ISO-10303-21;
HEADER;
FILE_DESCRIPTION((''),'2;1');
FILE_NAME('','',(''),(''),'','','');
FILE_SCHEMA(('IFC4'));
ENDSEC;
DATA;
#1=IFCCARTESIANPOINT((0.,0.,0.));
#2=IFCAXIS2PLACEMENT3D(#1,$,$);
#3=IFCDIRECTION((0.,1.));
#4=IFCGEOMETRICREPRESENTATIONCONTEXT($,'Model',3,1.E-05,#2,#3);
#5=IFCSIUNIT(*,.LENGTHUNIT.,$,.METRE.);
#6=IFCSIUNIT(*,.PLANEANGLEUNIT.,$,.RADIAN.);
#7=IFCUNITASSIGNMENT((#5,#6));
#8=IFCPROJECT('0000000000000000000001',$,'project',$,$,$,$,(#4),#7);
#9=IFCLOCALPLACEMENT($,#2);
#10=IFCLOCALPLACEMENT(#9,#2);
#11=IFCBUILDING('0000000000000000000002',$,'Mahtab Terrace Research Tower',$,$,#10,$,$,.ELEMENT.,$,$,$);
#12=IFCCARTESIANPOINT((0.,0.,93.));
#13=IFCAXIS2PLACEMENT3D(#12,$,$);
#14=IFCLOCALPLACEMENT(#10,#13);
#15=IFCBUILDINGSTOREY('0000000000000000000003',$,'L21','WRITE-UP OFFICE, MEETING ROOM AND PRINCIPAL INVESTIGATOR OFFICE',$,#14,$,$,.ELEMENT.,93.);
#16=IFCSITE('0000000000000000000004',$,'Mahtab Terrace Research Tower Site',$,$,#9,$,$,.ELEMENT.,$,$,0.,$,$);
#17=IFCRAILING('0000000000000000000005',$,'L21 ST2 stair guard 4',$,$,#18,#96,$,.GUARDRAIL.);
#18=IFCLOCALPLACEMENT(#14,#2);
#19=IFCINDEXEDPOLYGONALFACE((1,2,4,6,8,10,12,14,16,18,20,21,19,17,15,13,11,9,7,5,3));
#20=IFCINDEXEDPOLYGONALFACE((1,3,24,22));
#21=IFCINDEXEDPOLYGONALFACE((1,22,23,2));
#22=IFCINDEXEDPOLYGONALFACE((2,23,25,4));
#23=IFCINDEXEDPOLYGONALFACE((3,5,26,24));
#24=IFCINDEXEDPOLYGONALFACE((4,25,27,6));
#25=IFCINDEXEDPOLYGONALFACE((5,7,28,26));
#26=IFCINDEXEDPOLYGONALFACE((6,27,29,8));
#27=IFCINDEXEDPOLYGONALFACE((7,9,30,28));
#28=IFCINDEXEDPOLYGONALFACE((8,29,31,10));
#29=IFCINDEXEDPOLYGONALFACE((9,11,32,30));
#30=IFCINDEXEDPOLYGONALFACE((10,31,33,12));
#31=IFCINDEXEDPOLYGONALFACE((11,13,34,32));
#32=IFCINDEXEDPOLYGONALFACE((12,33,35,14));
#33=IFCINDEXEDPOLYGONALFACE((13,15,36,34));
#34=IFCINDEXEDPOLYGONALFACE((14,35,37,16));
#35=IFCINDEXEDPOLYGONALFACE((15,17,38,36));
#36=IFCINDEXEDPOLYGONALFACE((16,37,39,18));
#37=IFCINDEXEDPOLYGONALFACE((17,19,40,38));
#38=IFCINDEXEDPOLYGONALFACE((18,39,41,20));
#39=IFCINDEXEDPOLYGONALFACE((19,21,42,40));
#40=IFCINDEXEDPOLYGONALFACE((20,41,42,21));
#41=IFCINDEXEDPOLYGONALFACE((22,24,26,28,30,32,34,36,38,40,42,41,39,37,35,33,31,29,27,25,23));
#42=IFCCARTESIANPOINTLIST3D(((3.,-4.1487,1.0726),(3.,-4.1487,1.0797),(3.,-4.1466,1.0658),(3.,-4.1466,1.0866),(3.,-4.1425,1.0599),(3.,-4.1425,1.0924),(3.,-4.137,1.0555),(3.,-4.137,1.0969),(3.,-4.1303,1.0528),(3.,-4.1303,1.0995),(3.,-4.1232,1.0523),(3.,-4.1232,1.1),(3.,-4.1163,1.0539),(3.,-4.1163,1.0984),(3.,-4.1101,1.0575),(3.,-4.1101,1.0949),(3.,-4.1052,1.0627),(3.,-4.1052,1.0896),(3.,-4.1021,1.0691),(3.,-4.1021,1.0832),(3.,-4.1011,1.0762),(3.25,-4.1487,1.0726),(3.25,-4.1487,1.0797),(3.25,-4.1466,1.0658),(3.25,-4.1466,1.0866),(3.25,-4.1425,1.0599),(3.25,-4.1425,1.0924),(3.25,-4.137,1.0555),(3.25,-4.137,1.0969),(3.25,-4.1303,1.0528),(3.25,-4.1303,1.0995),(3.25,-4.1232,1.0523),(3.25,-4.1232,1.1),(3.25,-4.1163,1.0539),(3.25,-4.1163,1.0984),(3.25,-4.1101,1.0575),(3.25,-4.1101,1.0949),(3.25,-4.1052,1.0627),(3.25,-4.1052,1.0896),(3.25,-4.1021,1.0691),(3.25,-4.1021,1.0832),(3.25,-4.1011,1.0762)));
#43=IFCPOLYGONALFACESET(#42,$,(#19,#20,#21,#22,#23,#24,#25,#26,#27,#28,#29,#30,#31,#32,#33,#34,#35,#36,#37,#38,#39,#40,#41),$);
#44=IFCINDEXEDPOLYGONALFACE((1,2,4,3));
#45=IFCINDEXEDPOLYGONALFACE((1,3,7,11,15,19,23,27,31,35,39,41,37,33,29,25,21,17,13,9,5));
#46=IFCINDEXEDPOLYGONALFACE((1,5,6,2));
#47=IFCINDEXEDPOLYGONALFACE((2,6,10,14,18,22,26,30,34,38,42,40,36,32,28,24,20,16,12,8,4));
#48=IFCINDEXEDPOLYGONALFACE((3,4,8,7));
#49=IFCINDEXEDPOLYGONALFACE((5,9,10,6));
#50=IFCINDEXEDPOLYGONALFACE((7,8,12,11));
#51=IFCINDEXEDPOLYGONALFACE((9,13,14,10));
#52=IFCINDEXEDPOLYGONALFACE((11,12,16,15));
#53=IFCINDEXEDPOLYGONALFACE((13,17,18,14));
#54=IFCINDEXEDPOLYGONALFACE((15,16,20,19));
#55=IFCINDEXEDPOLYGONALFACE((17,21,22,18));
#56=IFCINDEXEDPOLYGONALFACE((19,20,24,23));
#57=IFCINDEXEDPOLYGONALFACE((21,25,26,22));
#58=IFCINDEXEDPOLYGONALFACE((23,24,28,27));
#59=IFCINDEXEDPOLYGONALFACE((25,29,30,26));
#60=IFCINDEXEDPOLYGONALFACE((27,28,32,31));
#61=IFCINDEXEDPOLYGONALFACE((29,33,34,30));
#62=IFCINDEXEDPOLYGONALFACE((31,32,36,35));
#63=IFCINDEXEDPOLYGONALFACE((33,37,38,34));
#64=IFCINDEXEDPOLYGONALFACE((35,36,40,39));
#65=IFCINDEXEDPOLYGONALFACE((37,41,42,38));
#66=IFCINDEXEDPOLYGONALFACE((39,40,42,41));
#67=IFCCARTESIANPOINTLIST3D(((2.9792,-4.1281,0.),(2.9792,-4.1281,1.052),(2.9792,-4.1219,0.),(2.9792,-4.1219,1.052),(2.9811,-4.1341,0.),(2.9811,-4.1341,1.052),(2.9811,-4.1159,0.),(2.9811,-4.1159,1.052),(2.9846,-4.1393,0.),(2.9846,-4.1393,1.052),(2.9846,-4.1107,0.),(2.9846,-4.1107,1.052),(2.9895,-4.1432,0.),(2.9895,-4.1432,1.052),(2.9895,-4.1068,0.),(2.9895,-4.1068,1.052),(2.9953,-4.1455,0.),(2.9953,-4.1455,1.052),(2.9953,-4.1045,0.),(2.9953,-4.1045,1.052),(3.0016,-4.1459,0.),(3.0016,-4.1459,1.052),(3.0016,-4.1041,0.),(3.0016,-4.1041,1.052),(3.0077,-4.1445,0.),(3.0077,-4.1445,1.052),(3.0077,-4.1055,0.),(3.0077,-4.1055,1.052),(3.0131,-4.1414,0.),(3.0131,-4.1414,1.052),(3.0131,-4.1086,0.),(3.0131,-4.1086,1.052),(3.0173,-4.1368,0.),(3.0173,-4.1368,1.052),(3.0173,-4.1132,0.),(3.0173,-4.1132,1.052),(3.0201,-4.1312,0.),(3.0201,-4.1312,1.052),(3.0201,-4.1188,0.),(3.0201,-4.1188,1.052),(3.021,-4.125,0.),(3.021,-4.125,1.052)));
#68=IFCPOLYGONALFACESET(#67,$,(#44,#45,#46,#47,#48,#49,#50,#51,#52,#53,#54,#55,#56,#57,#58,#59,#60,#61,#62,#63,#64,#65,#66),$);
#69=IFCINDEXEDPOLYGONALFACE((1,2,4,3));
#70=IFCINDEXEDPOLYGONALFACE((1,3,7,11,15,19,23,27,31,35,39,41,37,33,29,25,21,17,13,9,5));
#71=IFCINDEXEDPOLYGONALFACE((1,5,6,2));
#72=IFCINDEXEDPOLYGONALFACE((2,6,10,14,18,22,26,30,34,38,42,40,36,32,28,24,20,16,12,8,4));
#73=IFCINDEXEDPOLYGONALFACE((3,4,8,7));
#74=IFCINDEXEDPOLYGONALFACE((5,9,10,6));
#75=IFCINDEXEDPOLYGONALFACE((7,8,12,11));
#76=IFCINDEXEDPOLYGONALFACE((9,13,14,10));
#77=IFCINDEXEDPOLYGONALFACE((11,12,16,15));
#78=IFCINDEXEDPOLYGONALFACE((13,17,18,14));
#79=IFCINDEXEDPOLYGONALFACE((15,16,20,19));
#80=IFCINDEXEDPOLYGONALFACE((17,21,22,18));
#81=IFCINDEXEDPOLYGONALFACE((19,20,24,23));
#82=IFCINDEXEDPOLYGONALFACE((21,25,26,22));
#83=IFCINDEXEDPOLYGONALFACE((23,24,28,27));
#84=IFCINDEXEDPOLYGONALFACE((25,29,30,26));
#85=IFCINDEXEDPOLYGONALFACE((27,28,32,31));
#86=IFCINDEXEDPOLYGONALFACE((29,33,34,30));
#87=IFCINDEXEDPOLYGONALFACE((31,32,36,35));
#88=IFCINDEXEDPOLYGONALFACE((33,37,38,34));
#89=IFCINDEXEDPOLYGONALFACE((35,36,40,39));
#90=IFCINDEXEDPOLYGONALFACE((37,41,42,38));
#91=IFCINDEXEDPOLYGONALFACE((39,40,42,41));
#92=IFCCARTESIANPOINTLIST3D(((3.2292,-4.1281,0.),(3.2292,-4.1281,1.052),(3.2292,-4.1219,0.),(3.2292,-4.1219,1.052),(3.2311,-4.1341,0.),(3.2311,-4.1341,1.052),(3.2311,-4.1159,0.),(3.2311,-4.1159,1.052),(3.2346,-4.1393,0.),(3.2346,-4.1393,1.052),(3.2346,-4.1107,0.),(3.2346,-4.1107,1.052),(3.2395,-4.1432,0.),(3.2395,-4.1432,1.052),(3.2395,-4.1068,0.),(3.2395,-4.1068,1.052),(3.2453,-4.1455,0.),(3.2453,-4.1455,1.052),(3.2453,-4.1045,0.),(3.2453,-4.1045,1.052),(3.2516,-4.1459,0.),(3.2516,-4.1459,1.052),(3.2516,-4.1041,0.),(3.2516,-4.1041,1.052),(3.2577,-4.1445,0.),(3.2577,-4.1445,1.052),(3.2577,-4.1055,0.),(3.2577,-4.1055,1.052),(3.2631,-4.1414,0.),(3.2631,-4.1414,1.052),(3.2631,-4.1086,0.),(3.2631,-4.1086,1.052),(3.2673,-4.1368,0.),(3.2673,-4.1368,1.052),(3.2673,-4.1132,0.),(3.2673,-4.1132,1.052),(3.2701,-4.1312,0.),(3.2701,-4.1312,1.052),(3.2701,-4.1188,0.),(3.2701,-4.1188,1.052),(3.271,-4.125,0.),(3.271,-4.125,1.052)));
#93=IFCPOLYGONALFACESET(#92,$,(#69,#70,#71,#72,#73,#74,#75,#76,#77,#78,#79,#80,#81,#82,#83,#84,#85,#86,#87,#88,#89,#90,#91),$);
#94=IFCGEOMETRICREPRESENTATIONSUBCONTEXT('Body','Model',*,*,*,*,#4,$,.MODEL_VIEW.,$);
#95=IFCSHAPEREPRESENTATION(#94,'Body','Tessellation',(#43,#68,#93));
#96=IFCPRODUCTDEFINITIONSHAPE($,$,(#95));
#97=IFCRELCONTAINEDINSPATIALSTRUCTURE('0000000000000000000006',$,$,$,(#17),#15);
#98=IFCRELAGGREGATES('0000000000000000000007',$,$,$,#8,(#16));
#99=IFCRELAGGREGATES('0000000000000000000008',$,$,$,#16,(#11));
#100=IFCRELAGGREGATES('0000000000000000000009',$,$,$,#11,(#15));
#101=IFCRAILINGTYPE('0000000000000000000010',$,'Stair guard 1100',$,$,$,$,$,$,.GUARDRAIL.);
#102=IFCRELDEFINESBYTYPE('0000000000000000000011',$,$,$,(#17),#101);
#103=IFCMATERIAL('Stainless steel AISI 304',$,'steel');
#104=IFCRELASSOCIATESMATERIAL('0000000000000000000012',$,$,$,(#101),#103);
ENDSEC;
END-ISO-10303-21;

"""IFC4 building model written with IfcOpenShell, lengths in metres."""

from ifc_helpers import new_model, si_unit, direction, frame, origin, origin_2d, place, context, subcontext, project, spatial, circle, extrude, material, type_object, element, save


model = new_model("IFC4")

# Units and contexts
model_context = context("Model", 3, precision=1e-05, world=origin(), true_north=direction((0.0, 1.0)))
body_context = subcontext(model_context, "Body", "Model", "MODEL_VIEW")
ifc_project = project(units=[si_unit("LENGTHUNIT", "METRE"), si_unit("PLANEANGLEUNIT", "RADIAN")], contexts=[model_context])

# Site, building, storey
site_placement = place(None, origin())
site = spatial("IfcSite", under=ifc_project, at=site_placement, Name="Mahtab Terrace Research Tower Site", CompositionType="ELEMENT", RefElevation=0.0)
building_placement = place(site_placement, origin())
building = spatial("IfcBuilding", under=site, at=building_placement, Name="Mahtab Terrace Research Tower", CompositionType="ELEMENT")
storey_placement = place(building_placement, frame((0.0, 0.0, 93.0)))
storey = spatial("IfcBuildingStorey", under=building, at=storey_placement, Name="L21", Description="WRITE-UP OFFICE, MEETING ROOM AND PRINCIPAL INVESTIGATOR OFFICE", CompositionType="ELEMENT", Elevation=93.0)

# Railing
ifc_material_1 = material(Name="Stainless steel AISI 304", Category="steel")
railing_type_1 = type_object("IfcRailingType", Name="Stair guard 1100", PredefinedType="GUARDRAIL", material=ifc_material_1)
railing_1_placement = place(storey_placement, frame((3.0, -4.125, 0.0)))
element("IfcRailing", 1, at=railing_1_placement, inside=storey, type_object=railing_type_1, Name="L21 ST2 stair guard 4", PredefinedType="GUARDRAIL", context=body_context, shape_type="SweptSolid", body=[
    extrude(circle(Radius=0.0239, at=origin_2d()), frame((0.0, 0.0, 1.0762), z_axis=(1.0, 0.0, 0.0), x_axis=(0.0, 1.0, 0.0)), (0.0, 0.0, 1.0), 0.25),
    extrude(circle(Radius=0.021, at=origin_2d()), origin(), (0.0, 0.0, 1.0), 1.052),
    extrude(circle(Radius=0.021, at=origin_2d()), frame((0.25, 0.0, 0.0)), (0.0, 0.0, 1.0), 1.052),
])

save(model, "model.ifc")
